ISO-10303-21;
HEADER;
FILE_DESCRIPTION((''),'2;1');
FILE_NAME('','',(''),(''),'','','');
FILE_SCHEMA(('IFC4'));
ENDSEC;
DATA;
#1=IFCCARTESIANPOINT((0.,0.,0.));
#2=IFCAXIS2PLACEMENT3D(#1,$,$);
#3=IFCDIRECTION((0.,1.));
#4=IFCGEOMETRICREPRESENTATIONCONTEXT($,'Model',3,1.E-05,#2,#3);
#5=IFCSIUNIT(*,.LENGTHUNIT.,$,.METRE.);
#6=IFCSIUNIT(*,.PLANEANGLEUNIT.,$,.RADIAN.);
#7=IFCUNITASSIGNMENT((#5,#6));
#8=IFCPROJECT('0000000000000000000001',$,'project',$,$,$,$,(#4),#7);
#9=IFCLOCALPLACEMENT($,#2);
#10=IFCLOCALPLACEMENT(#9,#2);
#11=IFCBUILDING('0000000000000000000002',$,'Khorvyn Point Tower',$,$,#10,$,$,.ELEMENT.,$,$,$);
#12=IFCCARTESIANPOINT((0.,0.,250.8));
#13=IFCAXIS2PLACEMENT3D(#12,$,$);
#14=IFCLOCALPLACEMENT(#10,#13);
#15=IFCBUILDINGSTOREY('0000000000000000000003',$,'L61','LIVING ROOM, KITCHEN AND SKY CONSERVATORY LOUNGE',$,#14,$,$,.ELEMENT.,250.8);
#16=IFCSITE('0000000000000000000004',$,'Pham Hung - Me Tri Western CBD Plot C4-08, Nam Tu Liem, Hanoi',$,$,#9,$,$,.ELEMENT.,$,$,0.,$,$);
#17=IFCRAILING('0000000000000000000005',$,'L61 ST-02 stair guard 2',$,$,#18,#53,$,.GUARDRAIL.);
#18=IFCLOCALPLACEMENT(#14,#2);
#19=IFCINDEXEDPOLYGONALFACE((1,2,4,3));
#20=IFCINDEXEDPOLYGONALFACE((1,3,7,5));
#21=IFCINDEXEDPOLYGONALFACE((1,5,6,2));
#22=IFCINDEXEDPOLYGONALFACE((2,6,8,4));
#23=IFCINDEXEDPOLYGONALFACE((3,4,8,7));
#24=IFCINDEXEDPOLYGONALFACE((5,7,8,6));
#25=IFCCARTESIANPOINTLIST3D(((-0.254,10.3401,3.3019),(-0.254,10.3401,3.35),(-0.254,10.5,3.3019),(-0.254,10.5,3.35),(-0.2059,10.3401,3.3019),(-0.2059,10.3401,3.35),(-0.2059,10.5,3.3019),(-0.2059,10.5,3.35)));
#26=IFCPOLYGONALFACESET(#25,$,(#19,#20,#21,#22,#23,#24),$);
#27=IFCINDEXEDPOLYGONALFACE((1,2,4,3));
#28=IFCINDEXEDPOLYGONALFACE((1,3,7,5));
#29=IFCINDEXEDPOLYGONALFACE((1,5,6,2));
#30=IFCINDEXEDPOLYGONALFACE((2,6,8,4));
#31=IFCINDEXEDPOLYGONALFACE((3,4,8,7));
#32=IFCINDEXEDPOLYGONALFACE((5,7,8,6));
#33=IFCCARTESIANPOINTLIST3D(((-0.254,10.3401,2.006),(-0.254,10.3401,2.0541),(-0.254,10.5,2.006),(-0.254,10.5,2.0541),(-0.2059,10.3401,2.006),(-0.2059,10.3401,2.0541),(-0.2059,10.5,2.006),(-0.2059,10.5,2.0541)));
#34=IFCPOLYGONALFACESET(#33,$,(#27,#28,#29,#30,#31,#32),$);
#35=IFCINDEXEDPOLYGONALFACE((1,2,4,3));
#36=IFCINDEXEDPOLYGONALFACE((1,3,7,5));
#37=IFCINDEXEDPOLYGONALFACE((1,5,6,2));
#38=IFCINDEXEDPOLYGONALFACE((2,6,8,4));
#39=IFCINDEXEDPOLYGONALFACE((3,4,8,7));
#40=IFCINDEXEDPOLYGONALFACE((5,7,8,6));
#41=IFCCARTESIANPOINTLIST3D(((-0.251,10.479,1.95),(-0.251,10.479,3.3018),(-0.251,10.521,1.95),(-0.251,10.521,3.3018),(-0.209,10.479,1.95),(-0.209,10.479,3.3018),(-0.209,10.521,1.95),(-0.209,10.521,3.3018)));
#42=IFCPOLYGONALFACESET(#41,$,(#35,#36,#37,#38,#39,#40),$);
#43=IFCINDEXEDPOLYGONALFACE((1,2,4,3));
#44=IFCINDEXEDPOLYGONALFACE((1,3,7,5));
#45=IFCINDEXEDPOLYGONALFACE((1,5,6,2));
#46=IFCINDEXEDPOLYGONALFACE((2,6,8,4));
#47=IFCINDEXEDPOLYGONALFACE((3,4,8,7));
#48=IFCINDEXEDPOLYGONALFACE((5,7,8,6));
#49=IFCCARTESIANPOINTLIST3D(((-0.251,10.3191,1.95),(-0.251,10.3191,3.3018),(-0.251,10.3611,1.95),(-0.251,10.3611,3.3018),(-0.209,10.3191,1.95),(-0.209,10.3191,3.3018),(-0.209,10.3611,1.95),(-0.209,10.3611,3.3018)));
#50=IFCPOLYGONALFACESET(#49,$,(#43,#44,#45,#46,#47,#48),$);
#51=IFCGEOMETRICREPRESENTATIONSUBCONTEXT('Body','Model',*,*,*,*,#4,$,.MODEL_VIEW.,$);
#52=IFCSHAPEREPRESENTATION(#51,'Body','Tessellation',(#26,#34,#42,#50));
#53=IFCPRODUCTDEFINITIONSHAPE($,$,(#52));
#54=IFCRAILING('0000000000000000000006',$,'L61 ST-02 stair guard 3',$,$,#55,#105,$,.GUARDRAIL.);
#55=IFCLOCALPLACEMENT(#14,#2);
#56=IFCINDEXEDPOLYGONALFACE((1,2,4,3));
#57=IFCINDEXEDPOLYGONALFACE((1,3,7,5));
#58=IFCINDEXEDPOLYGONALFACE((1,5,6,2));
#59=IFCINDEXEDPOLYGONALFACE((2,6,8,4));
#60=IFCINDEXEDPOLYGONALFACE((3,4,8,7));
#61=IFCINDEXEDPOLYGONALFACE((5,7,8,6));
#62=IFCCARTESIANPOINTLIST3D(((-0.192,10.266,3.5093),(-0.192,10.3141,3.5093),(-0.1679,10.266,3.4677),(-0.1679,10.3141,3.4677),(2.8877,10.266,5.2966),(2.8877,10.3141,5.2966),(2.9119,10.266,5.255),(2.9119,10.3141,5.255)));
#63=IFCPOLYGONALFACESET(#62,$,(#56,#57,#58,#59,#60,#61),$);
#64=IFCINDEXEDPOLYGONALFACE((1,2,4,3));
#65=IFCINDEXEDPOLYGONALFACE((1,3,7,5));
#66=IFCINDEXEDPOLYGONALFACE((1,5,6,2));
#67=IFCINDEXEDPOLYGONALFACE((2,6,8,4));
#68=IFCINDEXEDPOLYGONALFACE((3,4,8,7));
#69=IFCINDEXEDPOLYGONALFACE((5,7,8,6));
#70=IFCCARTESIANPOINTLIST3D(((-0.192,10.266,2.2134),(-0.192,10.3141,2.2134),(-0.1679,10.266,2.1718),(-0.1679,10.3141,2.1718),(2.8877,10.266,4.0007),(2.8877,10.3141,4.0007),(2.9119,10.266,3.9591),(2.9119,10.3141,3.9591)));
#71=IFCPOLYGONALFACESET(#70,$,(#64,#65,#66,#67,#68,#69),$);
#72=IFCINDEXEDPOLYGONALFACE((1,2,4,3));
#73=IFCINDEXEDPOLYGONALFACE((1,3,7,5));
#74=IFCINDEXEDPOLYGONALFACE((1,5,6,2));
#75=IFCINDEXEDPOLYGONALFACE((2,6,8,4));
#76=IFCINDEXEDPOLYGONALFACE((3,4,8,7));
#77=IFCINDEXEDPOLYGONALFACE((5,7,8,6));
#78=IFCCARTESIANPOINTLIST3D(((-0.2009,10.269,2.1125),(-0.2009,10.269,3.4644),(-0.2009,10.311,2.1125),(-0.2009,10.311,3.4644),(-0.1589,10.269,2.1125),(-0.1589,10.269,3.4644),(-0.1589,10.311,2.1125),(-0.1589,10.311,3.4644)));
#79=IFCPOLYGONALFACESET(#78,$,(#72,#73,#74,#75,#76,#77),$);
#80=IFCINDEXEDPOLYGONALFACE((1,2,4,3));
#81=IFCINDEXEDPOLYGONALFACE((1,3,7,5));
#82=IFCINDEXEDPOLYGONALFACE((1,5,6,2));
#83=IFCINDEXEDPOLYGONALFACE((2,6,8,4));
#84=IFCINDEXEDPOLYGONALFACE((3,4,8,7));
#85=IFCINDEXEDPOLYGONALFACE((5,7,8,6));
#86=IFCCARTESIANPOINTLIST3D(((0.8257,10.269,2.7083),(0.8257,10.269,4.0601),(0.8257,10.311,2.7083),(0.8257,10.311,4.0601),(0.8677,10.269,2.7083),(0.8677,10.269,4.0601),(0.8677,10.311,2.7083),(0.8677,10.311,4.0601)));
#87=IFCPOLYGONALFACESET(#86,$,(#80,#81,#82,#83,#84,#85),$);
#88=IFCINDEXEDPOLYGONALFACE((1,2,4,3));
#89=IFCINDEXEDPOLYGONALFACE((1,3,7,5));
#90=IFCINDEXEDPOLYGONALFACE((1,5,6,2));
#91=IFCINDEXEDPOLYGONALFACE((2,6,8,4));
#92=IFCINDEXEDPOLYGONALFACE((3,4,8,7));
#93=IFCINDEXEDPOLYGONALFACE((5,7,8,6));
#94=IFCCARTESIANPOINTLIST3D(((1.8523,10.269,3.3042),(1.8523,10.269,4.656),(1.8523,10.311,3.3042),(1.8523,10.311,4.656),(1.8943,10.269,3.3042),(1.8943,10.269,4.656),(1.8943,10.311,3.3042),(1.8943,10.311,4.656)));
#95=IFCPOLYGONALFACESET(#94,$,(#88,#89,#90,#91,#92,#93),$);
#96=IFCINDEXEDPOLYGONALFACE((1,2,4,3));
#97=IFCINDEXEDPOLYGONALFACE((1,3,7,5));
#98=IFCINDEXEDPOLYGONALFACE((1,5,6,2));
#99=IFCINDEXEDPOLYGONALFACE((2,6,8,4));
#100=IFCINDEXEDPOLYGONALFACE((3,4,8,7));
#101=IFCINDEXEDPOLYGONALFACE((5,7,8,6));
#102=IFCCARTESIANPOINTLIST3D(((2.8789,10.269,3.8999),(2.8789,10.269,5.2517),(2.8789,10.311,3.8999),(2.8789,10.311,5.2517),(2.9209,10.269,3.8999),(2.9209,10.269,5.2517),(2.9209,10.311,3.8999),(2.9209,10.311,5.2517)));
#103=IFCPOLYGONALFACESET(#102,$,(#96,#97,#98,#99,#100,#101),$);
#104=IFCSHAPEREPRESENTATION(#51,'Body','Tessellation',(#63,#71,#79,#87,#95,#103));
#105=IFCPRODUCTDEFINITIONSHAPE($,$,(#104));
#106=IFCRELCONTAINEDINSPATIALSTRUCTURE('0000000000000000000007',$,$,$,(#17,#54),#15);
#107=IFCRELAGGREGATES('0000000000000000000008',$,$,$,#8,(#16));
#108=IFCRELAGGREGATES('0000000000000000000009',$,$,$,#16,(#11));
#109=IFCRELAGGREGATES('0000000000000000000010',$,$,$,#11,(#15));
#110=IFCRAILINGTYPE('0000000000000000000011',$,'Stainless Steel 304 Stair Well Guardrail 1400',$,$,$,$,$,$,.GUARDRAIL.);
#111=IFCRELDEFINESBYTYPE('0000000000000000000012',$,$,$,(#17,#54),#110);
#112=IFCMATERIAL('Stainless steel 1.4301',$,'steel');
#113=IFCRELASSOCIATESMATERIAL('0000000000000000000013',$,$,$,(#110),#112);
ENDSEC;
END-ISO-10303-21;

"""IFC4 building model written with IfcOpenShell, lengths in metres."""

from ifc_helpers import new_model, si_unit, direction, frame, origin, origin_2d, place, context, subcontext, project, spatial, rectangle, extrude, material, type_object, element, save


model = new_model("IFC4")

# Units and contexts
model_context = context("Model", 3, precision=1e-05, world=origin(), true_north=direction((0.0, 1.0)))
body_context = subcontext(model_context, "Body", "Model", "MODEL_VIEW")
ifc_project = project(units=[si_unit("LENGTHUNIT", "METRE"), si_unit("PLANEANGLEUNIT", "RADIAN")], contexts=[model_context])

# Site, building, storey
site_placement = place(None, origin())
site = spatial("IfcSite", under=ifc_project, at=site_placement, Name="Pham Hung - Me Tri Western CBD Plot C4-08, Nam Tu Liem, Hanoi", CompositionType="ELEMENT", RefElevation=0.0)
building_placement = place(site_placement, origin())
building = spatial("IfcBuilding", under=site, at=building_placement, Name="Khorvyn Point Tower", CompositionType="ELEMENT")
storey_placement = place(building_placement, frame((0.0, 0.0, 250.8)))
storey = spatial("IfcBuildingStorey", under=building, at=storey_placement, Name="L61", Description="LIVING ROOM, KITCHEN AND SKY CONSERVATORY LOUNGE", CompositionType="ELEMENT", Elevation=250.8)

# Railings
ifc_material_1 = material(Name="Stainless steel 1.4301", Category="steel")
railing_type_1 = type_object("IfcRailingType", Name="Stainless Steel 304 Stair Well Guardrail 1400", PredefinedType="GUARDRAIL", material=ifc_material_1)
railing_1_placement = place(storey_placement, frame((-0.23, 10.5, 1.95)))
element("IfcRailing", 1, at=railing_1_placement, inside=storey, type_object=railing_type_1, Name="L61 ST-02 stair guard 2", PredefinedType="GUARDRAIL", context=body_context, shape_type="SweptSolid", body=[
    extrude(rectangle(XDim=0.0481, YDim=0.0481, at=origin_2d()), frame((0.0, 0.0, 1.376), z_axis=(0.0, -1.0, 0.0), x_axis=(1.0, 0.0, 0.0)), (0.0, 0.0, 1.0), 0.1599),
    extrude(rectangle(XDim=0.0481, YDim=0.0481, at=origin_2d()), frame((0.0, 0.0, 0.0801), z_axis=(0.0, -1.0, 0.0), x_axis=(1.0, 0.0, 0.0)), (0.0, 0.0, 1.0), 0.1599),
    extrude(rectangle(XDim=0.042, YDim=0.042, at=origin_2d()), origin(), (0.0, 0.0, 1.0), 1.3518),
    extrude(rectangle(XDim=0.042, YDim=0.042, at=origin_2d()), frame((0.0, -0.1599, 0.0)), (0.0, 0.0, 1.0), 1.3518),
])
railing_2_placement = place(storey_placement, frame((-0.1799, 10.29, 2.1125)))
element("IfcRailing", 2, at=railing_2_placement, inside=storey, type_object=railing_type_1, Name="L61 ST-02 stair guard 3", PredefinedType="GUARDRAIL", context=body_context, shape_type="SweptSolid", body=[
    extrude(rectangle(XDim=0.0481, YDim=0.0481, at=origin_2d()), frame((0.0, 0.0, 1.376), z_axis=(0.864903, 0.0, 0.501939), x_axis=(0.0, 1.0, 0.0)), (0.0, 0.0, 1.0), 3.5608),
    extrude(rectangle(XDim=0.0481, YDim=0.0481, at=origin_2d()), frame((0.0, 0.0, 0.0801), z_axis=(0.864903, 0.0, 0.501939), x_axis=(0.0, 1.0, 0.0)), (0.0, 0.0, 1.0), 3.5608),
    extrude(rectangle(XDim=0.042, YDim=0.042, at=origin_2d()), origin(), (0.0, 0.0, 1.0), 1.3518),
    extrude(rectangle(XDim=0.042, YDim=0.042, at=origin_2d()), frame((1.0266, 0.0, 0.5957)), (0.0, 0.0, 1.0), 1.3518),
    extrude(rectangle(XDim=0.042, YDim=0.042, at=origin_2d()), frame((2.0532, 0.0, 1.1917)), (0.0, 0.0, 1.0), 1.3518),
    extrude(rectangle(XDim=0.042, YDim=0.042, at=origin_2d()), frame((3.0798, 0.0, 1.7874)), (0.0, 0.0, 1.0), 1.3518),
])

save(model, "model.ifc")
